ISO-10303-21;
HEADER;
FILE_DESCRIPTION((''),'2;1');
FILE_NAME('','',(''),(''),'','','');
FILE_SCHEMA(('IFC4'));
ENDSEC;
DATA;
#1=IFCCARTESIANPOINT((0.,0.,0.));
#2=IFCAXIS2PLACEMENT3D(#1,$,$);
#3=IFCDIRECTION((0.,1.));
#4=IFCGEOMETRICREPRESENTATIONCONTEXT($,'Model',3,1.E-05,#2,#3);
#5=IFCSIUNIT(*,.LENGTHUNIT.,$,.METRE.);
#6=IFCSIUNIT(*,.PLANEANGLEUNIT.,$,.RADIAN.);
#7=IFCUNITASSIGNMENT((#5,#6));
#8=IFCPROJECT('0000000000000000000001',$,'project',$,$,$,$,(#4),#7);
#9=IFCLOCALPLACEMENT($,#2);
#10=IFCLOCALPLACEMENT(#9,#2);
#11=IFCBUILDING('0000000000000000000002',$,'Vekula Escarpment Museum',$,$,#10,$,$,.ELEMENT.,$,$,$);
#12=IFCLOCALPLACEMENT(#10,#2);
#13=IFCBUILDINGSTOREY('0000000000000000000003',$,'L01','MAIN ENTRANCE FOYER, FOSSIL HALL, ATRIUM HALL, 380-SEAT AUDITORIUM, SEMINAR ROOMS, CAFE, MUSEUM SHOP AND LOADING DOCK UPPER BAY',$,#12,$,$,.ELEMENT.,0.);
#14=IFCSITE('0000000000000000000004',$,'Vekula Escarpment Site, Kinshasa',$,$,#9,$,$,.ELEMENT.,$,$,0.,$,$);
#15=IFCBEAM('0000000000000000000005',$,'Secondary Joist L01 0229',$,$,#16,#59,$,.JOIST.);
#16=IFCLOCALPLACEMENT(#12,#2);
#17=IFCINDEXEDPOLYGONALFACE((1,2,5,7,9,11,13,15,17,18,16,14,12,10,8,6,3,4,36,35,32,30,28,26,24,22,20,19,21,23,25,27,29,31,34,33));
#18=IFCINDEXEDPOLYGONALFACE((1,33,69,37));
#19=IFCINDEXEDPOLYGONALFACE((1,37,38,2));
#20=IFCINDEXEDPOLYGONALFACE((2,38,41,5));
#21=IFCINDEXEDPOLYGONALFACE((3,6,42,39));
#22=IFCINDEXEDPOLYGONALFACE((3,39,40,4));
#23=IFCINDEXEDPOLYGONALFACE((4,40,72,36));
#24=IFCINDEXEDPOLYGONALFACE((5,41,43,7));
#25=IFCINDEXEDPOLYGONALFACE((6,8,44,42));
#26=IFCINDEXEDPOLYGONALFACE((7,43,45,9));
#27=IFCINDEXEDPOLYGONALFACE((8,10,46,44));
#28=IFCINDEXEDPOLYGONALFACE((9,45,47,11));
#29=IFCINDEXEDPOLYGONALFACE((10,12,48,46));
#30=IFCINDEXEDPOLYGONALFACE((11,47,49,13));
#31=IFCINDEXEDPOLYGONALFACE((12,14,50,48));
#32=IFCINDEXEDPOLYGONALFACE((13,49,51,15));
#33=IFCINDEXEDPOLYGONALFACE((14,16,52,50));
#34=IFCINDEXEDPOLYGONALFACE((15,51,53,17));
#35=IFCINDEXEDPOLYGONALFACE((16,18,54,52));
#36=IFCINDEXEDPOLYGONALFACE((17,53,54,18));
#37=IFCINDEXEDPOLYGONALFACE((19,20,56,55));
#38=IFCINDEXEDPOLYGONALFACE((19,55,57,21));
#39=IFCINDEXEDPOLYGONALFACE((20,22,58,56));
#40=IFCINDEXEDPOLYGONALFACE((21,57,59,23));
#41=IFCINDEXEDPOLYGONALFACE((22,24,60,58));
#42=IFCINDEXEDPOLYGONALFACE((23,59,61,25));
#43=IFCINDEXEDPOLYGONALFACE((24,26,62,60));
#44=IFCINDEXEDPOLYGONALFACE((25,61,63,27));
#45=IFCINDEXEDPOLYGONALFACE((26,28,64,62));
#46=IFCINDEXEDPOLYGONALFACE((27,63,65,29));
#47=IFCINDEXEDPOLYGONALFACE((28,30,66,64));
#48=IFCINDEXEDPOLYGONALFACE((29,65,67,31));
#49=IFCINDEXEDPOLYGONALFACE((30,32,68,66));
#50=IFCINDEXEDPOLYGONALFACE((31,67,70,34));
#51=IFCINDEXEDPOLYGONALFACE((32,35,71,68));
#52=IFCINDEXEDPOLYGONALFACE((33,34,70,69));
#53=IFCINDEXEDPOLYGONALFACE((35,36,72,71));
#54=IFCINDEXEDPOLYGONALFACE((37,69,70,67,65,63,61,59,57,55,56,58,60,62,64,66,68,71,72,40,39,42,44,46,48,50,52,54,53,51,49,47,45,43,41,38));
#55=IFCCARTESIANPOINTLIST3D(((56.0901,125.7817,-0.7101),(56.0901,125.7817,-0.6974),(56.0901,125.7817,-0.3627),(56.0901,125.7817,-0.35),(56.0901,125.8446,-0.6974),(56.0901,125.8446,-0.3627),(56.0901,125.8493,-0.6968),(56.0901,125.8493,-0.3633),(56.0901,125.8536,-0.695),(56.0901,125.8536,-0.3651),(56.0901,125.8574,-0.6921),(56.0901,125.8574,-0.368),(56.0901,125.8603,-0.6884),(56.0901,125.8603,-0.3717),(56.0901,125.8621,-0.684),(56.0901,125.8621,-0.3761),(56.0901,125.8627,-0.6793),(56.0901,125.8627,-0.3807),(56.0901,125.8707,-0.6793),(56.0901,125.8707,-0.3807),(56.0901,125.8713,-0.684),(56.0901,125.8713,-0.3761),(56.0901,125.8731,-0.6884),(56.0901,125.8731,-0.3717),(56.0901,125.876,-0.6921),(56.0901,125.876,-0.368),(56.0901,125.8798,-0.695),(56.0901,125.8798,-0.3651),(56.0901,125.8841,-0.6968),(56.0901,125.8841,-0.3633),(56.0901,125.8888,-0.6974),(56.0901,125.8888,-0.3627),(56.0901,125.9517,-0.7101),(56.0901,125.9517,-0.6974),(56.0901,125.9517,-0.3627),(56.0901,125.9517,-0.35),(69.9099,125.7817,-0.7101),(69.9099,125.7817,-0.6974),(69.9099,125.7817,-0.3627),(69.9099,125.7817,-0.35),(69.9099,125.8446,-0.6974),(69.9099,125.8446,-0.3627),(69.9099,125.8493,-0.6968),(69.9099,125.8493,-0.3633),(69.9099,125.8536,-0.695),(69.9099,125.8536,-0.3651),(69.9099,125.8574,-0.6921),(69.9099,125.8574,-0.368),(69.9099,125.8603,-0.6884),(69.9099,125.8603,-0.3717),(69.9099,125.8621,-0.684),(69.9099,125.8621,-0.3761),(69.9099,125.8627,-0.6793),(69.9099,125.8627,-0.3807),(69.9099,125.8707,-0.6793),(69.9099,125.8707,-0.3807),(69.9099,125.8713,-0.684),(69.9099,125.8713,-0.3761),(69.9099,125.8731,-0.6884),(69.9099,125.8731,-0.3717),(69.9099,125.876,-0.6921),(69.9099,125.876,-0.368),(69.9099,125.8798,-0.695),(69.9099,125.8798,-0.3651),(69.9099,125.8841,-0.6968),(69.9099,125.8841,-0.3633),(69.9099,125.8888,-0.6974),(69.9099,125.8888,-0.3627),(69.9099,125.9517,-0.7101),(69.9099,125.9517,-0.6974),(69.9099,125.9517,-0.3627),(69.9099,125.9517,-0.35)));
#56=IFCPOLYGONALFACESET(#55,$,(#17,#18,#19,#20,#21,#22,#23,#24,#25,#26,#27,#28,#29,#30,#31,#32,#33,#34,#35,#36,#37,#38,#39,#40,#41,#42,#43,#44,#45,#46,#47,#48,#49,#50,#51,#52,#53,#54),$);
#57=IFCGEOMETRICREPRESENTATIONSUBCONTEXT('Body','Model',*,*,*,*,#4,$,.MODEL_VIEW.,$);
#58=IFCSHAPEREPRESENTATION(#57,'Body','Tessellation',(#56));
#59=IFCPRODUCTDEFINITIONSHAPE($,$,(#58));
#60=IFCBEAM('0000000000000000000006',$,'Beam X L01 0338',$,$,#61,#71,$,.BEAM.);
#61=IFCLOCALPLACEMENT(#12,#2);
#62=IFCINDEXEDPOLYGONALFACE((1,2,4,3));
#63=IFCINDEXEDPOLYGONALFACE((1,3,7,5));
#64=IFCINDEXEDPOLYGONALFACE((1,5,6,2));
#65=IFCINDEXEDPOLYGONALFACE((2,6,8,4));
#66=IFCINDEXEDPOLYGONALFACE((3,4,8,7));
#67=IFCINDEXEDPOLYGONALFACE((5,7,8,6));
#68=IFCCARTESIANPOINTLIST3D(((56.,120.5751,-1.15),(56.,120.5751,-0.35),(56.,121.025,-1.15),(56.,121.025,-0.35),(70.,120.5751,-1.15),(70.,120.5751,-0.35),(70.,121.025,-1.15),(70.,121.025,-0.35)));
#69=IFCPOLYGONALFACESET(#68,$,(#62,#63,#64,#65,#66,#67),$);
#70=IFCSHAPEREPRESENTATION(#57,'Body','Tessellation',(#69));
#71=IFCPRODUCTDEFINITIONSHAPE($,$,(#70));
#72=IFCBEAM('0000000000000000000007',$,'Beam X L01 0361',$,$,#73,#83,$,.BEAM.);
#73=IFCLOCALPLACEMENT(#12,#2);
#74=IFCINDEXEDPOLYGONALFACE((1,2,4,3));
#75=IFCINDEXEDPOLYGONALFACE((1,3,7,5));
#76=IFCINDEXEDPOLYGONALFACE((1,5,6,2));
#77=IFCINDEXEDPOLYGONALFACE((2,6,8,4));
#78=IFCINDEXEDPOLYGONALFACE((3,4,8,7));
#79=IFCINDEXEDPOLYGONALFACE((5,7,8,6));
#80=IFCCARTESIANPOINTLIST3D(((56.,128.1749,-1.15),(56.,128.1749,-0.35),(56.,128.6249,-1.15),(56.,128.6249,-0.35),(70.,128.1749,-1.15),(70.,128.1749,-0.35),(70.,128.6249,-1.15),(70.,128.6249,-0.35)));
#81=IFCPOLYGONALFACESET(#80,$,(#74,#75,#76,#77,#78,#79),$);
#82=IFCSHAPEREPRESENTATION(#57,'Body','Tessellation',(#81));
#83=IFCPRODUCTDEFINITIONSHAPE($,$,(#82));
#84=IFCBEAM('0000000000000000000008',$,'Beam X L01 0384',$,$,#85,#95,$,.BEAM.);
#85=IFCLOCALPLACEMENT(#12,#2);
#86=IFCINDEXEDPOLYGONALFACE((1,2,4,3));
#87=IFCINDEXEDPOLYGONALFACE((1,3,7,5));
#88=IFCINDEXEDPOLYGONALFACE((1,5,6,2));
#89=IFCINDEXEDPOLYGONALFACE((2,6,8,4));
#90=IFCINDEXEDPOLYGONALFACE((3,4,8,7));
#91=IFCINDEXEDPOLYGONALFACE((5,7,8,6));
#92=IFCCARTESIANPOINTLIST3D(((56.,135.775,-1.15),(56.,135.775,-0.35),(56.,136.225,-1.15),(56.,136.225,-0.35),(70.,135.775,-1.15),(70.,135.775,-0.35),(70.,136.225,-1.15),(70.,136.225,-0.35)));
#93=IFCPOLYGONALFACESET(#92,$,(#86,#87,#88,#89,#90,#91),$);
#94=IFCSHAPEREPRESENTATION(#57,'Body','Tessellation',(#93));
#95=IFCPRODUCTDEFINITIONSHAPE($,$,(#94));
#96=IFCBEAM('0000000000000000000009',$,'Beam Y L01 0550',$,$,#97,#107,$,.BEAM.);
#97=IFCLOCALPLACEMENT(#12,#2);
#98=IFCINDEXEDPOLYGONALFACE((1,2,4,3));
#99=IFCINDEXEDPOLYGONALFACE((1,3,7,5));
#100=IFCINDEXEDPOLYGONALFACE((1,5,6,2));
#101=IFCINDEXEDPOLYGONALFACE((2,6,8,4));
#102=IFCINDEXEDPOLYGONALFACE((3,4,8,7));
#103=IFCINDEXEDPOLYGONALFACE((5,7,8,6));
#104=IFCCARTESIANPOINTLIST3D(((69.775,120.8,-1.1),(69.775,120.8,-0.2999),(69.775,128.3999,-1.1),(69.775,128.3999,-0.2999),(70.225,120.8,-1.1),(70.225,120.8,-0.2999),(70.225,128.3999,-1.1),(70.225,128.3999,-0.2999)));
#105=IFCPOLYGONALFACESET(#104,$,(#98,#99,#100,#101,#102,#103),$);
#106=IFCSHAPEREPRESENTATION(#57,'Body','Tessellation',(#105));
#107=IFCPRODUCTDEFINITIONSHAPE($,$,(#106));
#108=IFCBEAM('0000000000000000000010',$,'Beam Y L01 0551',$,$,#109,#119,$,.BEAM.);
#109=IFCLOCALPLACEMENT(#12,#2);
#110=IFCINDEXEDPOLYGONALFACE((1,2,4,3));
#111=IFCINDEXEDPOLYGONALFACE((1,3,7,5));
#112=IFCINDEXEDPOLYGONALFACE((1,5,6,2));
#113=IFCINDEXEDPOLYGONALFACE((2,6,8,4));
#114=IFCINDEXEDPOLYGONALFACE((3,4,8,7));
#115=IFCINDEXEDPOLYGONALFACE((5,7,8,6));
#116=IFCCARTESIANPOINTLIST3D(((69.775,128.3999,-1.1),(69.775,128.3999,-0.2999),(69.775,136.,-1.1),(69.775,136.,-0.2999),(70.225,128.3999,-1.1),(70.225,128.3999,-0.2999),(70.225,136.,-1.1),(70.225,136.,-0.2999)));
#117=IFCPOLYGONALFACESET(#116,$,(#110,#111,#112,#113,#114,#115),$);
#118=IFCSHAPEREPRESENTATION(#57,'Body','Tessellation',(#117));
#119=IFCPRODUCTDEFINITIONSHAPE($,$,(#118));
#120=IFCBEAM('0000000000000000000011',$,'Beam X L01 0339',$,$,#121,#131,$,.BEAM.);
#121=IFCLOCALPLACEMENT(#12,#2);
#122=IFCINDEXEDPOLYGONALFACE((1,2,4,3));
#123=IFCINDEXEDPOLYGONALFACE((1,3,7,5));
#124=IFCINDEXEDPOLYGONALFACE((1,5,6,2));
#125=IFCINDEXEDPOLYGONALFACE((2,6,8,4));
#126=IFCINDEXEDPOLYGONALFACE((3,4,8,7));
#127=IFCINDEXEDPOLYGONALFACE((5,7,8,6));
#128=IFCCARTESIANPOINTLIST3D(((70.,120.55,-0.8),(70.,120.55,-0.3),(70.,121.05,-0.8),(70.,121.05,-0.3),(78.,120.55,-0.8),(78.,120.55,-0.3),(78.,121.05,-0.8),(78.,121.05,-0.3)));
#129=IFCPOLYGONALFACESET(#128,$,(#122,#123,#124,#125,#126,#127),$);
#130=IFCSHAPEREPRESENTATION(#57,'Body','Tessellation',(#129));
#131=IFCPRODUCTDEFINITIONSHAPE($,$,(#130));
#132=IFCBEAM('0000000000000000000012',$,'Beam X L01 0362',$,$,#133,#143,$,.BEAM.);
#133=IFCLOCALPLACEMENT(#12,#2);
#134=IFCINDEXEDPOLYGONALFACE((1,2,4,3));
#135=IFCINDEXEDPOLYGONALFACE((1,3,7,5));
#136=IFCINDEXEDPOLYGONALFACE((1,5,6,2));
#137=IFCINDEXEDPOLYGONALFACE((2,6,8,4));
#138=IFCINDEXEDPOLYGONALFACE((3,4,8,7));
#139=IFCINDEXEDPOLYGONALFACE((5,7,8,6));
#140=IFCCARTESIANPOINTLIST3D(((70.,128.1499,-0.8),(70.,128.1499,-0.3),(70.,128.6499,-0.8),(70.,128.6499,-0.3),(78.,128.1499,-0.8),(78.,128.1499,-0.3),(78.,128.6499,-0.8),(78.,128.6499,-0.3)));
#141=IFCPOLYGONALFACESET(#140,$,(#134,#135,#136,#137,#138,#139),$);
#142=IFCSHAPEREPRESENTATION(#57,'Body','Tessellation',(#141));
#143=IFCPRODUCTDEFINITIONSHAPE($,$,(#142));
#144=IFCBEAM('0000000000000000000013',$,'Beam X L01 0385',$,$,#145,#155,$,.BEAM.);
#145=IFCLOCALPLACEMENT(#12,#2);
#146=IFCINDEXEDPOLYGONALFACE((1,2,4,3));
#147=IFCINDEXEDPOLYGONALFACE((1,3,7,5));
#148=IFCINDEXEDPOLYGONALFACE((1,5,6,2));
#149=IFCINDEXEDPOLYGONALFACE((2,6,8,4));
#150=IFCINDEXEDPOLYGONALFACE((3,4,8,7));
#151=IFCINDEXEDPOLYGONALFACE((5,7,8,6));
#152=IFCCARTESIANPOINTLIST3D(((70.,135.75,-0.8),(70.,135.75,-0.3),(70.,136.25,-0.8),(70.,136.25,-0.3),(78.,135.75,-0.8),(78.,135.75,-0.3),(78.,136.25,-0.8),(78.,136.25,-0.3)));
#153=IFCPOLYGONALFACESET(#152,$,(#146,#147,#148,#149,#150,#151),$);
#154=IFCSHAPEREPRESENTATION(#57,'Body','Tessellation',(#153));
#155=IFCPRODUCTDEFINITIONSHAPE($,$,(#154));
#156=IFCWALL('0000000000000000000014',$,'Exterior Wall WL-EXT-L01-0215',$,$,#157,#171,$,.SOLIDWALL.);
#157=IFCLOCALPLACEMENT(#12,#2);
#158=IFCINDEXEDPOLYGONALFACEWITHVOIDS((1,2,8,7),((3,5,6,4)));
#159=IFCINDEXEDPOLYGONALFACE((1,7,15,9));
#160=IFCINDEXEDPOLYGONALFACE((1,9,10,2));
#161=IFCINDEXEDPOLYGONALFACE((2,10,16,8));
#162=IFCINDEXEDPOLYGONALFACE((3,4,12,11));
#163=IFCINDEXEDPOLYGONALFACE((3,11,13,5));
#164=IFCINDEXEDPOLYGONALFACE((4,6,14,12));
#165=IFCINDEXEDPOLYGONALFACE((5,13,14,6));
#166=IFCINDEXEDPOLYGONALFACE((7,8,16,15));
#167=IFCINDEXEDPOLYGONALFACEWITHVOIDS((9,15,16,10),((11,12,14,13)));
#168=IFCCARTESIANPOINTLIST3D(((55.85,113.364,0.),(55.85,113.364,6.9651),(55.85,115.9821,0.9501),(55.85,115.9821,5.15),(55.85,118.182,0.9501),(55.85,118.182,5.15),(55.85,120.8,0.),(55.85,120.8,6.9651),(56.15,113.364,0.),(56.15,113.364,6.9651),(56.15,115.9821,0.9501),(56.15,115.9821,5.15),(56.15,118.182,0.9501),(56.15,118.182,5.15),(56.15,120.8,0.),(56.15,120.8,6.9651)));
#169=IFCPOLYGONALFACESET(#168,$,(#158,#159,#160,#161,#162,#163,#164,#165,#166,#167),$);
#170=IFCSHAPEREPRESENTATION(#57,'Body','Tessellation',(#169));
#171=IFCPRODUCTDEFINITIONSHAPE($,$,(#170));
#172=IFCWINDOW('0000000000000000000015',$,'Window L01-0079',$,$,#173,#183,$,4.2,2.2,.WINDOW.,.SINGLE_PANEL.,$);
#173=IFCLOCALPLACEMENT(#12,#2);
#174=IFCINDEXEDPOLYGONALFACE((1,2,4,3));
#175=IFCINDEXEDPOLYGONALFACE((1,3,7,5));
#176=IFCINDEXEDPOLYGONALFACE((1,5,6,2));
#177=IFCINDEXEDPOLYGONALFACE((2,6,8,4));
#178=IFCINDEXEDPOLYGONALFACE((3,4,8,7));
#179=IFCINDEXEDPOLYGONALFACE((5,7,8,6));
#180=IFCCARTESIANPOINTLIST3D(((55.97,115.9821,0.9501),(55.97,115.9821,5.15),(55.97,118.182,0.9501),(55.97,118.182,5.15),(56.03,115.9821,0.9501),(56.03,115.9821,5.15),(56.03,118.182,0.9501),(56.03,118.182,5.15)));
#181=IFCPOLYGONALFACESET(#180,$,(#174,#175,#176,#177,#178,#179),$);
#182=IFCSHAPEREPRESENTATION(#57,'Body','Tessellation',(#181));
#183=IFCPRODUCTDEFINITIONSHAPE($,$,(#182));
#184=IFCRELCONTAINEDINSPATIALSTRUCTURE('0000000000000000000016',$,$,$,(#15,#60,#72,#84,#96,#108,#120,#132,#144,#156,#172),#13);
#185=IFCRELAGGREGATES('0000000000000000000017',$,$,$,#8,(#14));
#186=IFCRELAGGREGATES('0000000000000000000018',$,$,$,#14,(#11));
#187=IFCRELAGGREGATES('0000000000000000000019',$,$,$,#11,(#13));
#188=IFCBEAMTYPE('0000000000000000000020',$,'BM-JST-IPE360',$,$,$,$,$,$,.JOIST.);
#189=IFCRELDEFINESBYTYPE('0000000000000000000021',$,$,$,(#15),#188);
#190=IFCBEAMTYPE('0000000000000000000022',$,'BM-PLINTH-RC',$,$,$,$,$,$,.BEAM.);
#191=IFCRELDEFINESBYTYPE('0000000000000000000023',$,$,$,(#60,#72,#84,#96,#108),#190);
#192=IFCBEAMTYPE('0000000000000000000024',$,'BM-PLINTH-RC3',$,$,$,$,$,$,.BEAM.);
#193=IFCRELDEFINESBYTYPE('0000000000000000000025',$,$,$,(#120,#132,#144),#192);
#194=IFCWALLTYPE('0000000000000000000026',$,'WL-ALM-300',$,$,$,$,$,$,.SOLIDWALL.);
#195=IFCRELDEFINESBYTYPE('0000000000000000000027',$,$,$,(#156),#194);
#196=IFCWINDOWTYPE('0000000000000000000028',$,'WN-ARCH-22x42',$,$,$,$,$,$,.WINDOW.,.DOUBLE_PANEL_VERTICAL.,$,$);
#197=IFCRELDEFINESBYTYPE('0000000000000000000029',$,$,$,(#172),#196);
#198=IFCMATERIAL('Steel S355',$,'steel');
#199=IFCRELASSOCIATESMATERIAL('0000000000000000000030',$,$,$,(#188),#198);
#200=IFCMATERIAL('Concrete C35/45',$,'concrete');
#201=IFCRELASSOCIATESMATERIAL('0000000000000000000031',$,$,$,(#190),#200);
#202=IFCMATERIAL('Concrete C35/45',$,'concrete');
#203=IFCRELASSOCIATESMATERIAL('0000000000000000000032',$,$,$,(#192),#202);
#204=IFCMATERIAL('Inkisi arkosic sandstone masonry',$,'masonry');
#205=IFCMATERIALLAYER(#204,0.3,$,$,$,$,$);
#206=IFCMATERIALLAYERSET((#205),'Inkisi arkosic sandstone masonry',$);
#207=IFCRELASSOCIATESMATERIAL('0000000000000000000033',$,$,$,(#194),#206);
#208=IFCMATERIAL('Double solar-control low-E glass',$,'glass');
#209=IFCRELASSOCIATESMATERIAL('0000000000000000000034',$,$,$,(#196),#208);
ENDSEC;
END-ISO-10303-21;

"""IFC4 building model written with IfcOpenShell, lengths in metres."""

from ifc_helpers import new_model, si_unit, direction, frame, frame_2d, origin, origin_2d, place, context, subcontext, project, spatial, rectangle, i_section, extrude, material, layer, layer_set, material_profile, profile_set, type_object, element, fill, save


model = new_model("IFC4")

# Units and contexts
model_context = context("Model", 3, precision=1e-05, world=origin(), true_north=direction((0.0, 1.0)))
body_context = subcontext(model_context, "Body", "Model", "MODEL_VIEW")
ifc_project = project(units=[si_unit("LENGTHUNIT", "METRE"), si_unit("PLANEANGLEUNIT", "RADIAN")], contexts=[model_context])

# Site, building, storey
site_placement = place(None, origin())
site = spatial("IfcSite", under=ifc_project, at=site_placement, Name="Vekula Escarpment Site, Kinshasa", CompositionType="ELEMENT", RefElevation=0.0)
building_placement = place(site_placement, origin())
building = spatial("IfcBuilding", under=site, at=building_placement, Name="Vekula Escarpment Museum", CompositionType="ELEMENT")
storey_placement = place(building_placement, origin())
storey = spatial("IfcBuildingStorey", under=building, at=storey_placement, Name="L01", Description="MAIN ENTRANCE FOYER, FOSSIL HALL, ATRIUM HALL, 380-SEAT AUDITORIUM, SEMINAR ROOMS, CAFE, MUSEUM SHOP AND LOADING DOCK UPPER BAY", CompositionType="ELEMENT", Elevation=0.0)

# Beams
ifc_material_1 = material(Name="Steel S355", Category="steel")
ifc_material_profile_1 = material_profile(ifc_material_1, i_section(OverallWidth=0.1699, OverallDepth=0.3601, WebThickness=0.0081, FlangeThickness=0.0127, FilletRadius=0.0181, at=origin_2d()), Name="IPE 360")
ifc_profile_set_1 = profile_set([ifc_material_profile_1], Name="Steel S355")
beam_type_1 = type_object("IfcBeamType", Name="BM-JST-IPE360", PredefinedType="JOIST", material=ifc_profile_set_1)
for number, where, z_axis, x_axis, name in (
    (1, (56.0901, 125.8667, -0.53), (1.0, 0.0, 0.0), (0.0, 1.0, 0.0), "Secondary Joist L01 0229"),
):
    element("IfcBeam", number, at=place(storey_placement, frame(where, z_axis=z_axis, x_axis=x_axis)), inside=storey, type_object=beam_type_1, Name=name, PredefinedType="JOIST", context=body_context, shape_type="SweptSolid", body=[
        extrude(i_section(OverallWidth=0.1699, OverallDepth=0.3601, WebThickness=0.0081, FlangeThickness=0.0127, FilletRadius=0.0181, at=origin_2d()), origin(), (0.0, 0.0, 1.0), 13.8198),
    ])
ifc_material_2 = material(Name="Concrete C35/45", Category="concrete")
ifc_material_profile_2 = material_profile(ifc_material_2, rectangle(XDim=0.45, YDim=0.8, at=origin_2d()), Name="RC 450x800")
ifc_profile_set_2 = profile_set([ifc_material_profile_2], Name="Concrete C35/45")
beam_type_2 = type_object("IfcBeamType", Name="BM-PLINTH-RC", PredefinedType="BEAM", material=ifc_profile_set_2)
for number, where, z_axis, x_axis, name in (
    (2, (56.0, 120.8, -0.75), (1.0, 0.0, 0.0), (0.0, 1.0, 0.0), "Beam X L01 0338"),
    (3, (56.0, 128.3999, -0.75), (1.0, 0.0, 0.0), (0.0, 1.0, 0.0), "Beam X L01 0361"),
    (4, (56.0, 136.0, -0.75), (1.0, 0.0, 0.0), (0.0, 1.0, 0.0), "Beam X L01 0384"),
):
    element("IfcBeam", number, at=place(storey_placement, frame(where, z_axis=z_axis, x_axis=x_axis)), inside=storey, type_object=beam_type_2, Name=name, PredefinedType="BEAM", context=body_context, shape_type="SweptSolid", body=[
        extrude(rectangle(XDim=0.45, YDim=0.8, at=origin_2d()), origin(), (0.0, 0.0, 1.0), 14.0),
    ])
beam_1_placement = place(storey_placement, frame((70.0, 120.8, -0.7), z_axis=(0.0, 1.0, 0.0), x_axis=(-1.0, 0.0, 0.0)))
element("IfcBeam", 5, at=beam_1_placement, inside=storey, type_object=beam_type_2, Name="Beam Y L01 0550", PredefinedType="BEAM", context=body_context, shape_type="SweptSolid", body=[
    extrude(rectangle(XDim=0.45, YDim=0.8, at=origin_2d()), origin(), (0.0, 0.0, 1.0), 7.5999),
])
beam_2_placement = place(storey_placement, frame((70.0, 128.3999, -0.7), z_axis=(0.0, 1.0, 0.0), x_axis=(-1.0, 0.0, 0.0)))
element("IfcBeam", 6, at=beam_2_placement, inside=storey, type_object=beam_type_2, Name="Beam Y L01 0551", PredefinedType="BEAM", context=body_context, shape_type="SweptSolid", body=[
    extrude(rectangle(XDim=0.45, YDim=0.8, at=origin_2d()), origin(), (0.0, 0.0, 1.0), 7.6001),
])
ifc_material_3 = material(Name="Concrete C35/45", Category="concrete")
ifc_material_profile_3 = material_profile(ifc_material_3, rectangle(XDim=0.5, YDim=0.5, at=origin_2d()), Name="RC 500x500")
ifc_profile_set_3 = profile_set([ifc_material_profile_3], Name="Concrete C35/45")
beam_type_3 = type_object("IfcBeamType", Name="BM-PLINTH-RC3", PredefinedType="BEAM", material=ifc_profile_set_3)
for number, where, z_axis, x_axis, name in (
    (7, (70.0, 120.8, -0.55), (1.0, 0.0, 0.0), (0.0, 1.0, 0.0), "Beam X L01 0339"),
    (8, (70.0, 128.3999, -0.55), (1.0, 0.0, 0.0), (0.0, 1.0, 0.0), "Beam X L01 0362"),
    (9, (70.0, 136.0, -0.55), (1.0, 0.0, 0.0), (0.0, 1.0, 0.0), "Beam X L01 0385"),
):
    element("IfcBeam", number, at=place(storey_placement, frame(where, z_axis=z_axis, x_axis=x_axis)), inside=storey, type_object=beam_type_3, Name=name, PredefinedType="BEAM", context=body_context, shape_type="SweptSolid", body=[
        extrude(rectangle(XDim=0.5, YDim=0.5, at=origin_2d()), origin(), (0.0, 0.0, 1.0), 8.0),
    ])

# Wall, opening, window
ifc_material_4 = material(Name="Inkisi arkosic sandstone masonry", Category="masonry")
ifc_layer_1 = layer(ifc_material_4, 0.3)
ifc_layer_set_1 = layer_set([ifc_layer_1], Name="Inkisi arkosic sandstone masonry")
wall_type_1 = type_object("IfcWallType", Name="WL-ALM-300", PredefinedType="SOLIDWALL", material=ifc_layer_set_1)
wall_1_placement = place(storey_placement, frame((56.0, 120.8, 0.0), z_axis=(0.0, 0.0, 1.0), x_axis=(0.0, -1.0, 0.0)))
wall_1 = element("IfcWall", 10, at=wall_1_placement, inside=storey, type_object=wall_type_1, Name="Exterior Wall WL-EXT-L01-0215", PredefinedType="SOLIDWALL", context=body_context, shape_type="SweptSolid", body=[
    extrude(rectangle(XDim=7.436, YDim=0.3, at=frame_2d((3.718, 0.0))), origin(), (0.0, 0.0, 1.0), 6.9651),
])
opening_1_placement = place(wall_1_placement, frame((2.6179, 0.0, 0.95)))
opening_1 = element("IfcOpeningElement", 11, at=opening_1_placement, cuts=wall_1, PredefinedType="OPENING", context=body_context, shape_type="SweptSolid", body=[
    extrude(rectangle(XDim=2.2, YDim=4.2, at=frame_2d((1.1001, 2.1001))), frame((0.0, 0.1599, 0.0), z_axis=(0.0, -1.0, 0.0), x_axis=(1.0, 0.0, 0.0)), (0.0, 0.0, 1.0), 0.3201),
])
ifc_material_5 = material(Name="Double solar-control low-E glass", Category="glass")
window_type_1 = type_object("IfcWindowType", Name="WN-ARCH-22x42", PartitioningType="DOUBLE_PANEL_VERTICAL", PredefinedType="WINDOW", material=ifc_material_5)
window_1_placement = place(opening_1_placement, origin())
window_1 = element("IfcWindow", 12, at=window_1_placement, inside=storey, type_object=window_type_1, Name="Window L01-0079", OverallHeight=4.2, OverallWidth=2.2, PartitioningType="SINGLE_PANEL", PredefinedType="WINDOW", context=body_context, shape_type="SweptSolid", body=[
    extrude(rectangle(XDim=2.2, YDim=4.2, at=frame_2d((1.1001, 2.1001))), frame((0.0, 0.03, 0.0), z_axis=(0.0, -1.0, 0.0), x_axis=(1.0, 0.0, 0.0)), (0.0, 0.0, 1.0), 0.0601),
])
fill(opening_1, window_1)

save(model, "model.ifc")
